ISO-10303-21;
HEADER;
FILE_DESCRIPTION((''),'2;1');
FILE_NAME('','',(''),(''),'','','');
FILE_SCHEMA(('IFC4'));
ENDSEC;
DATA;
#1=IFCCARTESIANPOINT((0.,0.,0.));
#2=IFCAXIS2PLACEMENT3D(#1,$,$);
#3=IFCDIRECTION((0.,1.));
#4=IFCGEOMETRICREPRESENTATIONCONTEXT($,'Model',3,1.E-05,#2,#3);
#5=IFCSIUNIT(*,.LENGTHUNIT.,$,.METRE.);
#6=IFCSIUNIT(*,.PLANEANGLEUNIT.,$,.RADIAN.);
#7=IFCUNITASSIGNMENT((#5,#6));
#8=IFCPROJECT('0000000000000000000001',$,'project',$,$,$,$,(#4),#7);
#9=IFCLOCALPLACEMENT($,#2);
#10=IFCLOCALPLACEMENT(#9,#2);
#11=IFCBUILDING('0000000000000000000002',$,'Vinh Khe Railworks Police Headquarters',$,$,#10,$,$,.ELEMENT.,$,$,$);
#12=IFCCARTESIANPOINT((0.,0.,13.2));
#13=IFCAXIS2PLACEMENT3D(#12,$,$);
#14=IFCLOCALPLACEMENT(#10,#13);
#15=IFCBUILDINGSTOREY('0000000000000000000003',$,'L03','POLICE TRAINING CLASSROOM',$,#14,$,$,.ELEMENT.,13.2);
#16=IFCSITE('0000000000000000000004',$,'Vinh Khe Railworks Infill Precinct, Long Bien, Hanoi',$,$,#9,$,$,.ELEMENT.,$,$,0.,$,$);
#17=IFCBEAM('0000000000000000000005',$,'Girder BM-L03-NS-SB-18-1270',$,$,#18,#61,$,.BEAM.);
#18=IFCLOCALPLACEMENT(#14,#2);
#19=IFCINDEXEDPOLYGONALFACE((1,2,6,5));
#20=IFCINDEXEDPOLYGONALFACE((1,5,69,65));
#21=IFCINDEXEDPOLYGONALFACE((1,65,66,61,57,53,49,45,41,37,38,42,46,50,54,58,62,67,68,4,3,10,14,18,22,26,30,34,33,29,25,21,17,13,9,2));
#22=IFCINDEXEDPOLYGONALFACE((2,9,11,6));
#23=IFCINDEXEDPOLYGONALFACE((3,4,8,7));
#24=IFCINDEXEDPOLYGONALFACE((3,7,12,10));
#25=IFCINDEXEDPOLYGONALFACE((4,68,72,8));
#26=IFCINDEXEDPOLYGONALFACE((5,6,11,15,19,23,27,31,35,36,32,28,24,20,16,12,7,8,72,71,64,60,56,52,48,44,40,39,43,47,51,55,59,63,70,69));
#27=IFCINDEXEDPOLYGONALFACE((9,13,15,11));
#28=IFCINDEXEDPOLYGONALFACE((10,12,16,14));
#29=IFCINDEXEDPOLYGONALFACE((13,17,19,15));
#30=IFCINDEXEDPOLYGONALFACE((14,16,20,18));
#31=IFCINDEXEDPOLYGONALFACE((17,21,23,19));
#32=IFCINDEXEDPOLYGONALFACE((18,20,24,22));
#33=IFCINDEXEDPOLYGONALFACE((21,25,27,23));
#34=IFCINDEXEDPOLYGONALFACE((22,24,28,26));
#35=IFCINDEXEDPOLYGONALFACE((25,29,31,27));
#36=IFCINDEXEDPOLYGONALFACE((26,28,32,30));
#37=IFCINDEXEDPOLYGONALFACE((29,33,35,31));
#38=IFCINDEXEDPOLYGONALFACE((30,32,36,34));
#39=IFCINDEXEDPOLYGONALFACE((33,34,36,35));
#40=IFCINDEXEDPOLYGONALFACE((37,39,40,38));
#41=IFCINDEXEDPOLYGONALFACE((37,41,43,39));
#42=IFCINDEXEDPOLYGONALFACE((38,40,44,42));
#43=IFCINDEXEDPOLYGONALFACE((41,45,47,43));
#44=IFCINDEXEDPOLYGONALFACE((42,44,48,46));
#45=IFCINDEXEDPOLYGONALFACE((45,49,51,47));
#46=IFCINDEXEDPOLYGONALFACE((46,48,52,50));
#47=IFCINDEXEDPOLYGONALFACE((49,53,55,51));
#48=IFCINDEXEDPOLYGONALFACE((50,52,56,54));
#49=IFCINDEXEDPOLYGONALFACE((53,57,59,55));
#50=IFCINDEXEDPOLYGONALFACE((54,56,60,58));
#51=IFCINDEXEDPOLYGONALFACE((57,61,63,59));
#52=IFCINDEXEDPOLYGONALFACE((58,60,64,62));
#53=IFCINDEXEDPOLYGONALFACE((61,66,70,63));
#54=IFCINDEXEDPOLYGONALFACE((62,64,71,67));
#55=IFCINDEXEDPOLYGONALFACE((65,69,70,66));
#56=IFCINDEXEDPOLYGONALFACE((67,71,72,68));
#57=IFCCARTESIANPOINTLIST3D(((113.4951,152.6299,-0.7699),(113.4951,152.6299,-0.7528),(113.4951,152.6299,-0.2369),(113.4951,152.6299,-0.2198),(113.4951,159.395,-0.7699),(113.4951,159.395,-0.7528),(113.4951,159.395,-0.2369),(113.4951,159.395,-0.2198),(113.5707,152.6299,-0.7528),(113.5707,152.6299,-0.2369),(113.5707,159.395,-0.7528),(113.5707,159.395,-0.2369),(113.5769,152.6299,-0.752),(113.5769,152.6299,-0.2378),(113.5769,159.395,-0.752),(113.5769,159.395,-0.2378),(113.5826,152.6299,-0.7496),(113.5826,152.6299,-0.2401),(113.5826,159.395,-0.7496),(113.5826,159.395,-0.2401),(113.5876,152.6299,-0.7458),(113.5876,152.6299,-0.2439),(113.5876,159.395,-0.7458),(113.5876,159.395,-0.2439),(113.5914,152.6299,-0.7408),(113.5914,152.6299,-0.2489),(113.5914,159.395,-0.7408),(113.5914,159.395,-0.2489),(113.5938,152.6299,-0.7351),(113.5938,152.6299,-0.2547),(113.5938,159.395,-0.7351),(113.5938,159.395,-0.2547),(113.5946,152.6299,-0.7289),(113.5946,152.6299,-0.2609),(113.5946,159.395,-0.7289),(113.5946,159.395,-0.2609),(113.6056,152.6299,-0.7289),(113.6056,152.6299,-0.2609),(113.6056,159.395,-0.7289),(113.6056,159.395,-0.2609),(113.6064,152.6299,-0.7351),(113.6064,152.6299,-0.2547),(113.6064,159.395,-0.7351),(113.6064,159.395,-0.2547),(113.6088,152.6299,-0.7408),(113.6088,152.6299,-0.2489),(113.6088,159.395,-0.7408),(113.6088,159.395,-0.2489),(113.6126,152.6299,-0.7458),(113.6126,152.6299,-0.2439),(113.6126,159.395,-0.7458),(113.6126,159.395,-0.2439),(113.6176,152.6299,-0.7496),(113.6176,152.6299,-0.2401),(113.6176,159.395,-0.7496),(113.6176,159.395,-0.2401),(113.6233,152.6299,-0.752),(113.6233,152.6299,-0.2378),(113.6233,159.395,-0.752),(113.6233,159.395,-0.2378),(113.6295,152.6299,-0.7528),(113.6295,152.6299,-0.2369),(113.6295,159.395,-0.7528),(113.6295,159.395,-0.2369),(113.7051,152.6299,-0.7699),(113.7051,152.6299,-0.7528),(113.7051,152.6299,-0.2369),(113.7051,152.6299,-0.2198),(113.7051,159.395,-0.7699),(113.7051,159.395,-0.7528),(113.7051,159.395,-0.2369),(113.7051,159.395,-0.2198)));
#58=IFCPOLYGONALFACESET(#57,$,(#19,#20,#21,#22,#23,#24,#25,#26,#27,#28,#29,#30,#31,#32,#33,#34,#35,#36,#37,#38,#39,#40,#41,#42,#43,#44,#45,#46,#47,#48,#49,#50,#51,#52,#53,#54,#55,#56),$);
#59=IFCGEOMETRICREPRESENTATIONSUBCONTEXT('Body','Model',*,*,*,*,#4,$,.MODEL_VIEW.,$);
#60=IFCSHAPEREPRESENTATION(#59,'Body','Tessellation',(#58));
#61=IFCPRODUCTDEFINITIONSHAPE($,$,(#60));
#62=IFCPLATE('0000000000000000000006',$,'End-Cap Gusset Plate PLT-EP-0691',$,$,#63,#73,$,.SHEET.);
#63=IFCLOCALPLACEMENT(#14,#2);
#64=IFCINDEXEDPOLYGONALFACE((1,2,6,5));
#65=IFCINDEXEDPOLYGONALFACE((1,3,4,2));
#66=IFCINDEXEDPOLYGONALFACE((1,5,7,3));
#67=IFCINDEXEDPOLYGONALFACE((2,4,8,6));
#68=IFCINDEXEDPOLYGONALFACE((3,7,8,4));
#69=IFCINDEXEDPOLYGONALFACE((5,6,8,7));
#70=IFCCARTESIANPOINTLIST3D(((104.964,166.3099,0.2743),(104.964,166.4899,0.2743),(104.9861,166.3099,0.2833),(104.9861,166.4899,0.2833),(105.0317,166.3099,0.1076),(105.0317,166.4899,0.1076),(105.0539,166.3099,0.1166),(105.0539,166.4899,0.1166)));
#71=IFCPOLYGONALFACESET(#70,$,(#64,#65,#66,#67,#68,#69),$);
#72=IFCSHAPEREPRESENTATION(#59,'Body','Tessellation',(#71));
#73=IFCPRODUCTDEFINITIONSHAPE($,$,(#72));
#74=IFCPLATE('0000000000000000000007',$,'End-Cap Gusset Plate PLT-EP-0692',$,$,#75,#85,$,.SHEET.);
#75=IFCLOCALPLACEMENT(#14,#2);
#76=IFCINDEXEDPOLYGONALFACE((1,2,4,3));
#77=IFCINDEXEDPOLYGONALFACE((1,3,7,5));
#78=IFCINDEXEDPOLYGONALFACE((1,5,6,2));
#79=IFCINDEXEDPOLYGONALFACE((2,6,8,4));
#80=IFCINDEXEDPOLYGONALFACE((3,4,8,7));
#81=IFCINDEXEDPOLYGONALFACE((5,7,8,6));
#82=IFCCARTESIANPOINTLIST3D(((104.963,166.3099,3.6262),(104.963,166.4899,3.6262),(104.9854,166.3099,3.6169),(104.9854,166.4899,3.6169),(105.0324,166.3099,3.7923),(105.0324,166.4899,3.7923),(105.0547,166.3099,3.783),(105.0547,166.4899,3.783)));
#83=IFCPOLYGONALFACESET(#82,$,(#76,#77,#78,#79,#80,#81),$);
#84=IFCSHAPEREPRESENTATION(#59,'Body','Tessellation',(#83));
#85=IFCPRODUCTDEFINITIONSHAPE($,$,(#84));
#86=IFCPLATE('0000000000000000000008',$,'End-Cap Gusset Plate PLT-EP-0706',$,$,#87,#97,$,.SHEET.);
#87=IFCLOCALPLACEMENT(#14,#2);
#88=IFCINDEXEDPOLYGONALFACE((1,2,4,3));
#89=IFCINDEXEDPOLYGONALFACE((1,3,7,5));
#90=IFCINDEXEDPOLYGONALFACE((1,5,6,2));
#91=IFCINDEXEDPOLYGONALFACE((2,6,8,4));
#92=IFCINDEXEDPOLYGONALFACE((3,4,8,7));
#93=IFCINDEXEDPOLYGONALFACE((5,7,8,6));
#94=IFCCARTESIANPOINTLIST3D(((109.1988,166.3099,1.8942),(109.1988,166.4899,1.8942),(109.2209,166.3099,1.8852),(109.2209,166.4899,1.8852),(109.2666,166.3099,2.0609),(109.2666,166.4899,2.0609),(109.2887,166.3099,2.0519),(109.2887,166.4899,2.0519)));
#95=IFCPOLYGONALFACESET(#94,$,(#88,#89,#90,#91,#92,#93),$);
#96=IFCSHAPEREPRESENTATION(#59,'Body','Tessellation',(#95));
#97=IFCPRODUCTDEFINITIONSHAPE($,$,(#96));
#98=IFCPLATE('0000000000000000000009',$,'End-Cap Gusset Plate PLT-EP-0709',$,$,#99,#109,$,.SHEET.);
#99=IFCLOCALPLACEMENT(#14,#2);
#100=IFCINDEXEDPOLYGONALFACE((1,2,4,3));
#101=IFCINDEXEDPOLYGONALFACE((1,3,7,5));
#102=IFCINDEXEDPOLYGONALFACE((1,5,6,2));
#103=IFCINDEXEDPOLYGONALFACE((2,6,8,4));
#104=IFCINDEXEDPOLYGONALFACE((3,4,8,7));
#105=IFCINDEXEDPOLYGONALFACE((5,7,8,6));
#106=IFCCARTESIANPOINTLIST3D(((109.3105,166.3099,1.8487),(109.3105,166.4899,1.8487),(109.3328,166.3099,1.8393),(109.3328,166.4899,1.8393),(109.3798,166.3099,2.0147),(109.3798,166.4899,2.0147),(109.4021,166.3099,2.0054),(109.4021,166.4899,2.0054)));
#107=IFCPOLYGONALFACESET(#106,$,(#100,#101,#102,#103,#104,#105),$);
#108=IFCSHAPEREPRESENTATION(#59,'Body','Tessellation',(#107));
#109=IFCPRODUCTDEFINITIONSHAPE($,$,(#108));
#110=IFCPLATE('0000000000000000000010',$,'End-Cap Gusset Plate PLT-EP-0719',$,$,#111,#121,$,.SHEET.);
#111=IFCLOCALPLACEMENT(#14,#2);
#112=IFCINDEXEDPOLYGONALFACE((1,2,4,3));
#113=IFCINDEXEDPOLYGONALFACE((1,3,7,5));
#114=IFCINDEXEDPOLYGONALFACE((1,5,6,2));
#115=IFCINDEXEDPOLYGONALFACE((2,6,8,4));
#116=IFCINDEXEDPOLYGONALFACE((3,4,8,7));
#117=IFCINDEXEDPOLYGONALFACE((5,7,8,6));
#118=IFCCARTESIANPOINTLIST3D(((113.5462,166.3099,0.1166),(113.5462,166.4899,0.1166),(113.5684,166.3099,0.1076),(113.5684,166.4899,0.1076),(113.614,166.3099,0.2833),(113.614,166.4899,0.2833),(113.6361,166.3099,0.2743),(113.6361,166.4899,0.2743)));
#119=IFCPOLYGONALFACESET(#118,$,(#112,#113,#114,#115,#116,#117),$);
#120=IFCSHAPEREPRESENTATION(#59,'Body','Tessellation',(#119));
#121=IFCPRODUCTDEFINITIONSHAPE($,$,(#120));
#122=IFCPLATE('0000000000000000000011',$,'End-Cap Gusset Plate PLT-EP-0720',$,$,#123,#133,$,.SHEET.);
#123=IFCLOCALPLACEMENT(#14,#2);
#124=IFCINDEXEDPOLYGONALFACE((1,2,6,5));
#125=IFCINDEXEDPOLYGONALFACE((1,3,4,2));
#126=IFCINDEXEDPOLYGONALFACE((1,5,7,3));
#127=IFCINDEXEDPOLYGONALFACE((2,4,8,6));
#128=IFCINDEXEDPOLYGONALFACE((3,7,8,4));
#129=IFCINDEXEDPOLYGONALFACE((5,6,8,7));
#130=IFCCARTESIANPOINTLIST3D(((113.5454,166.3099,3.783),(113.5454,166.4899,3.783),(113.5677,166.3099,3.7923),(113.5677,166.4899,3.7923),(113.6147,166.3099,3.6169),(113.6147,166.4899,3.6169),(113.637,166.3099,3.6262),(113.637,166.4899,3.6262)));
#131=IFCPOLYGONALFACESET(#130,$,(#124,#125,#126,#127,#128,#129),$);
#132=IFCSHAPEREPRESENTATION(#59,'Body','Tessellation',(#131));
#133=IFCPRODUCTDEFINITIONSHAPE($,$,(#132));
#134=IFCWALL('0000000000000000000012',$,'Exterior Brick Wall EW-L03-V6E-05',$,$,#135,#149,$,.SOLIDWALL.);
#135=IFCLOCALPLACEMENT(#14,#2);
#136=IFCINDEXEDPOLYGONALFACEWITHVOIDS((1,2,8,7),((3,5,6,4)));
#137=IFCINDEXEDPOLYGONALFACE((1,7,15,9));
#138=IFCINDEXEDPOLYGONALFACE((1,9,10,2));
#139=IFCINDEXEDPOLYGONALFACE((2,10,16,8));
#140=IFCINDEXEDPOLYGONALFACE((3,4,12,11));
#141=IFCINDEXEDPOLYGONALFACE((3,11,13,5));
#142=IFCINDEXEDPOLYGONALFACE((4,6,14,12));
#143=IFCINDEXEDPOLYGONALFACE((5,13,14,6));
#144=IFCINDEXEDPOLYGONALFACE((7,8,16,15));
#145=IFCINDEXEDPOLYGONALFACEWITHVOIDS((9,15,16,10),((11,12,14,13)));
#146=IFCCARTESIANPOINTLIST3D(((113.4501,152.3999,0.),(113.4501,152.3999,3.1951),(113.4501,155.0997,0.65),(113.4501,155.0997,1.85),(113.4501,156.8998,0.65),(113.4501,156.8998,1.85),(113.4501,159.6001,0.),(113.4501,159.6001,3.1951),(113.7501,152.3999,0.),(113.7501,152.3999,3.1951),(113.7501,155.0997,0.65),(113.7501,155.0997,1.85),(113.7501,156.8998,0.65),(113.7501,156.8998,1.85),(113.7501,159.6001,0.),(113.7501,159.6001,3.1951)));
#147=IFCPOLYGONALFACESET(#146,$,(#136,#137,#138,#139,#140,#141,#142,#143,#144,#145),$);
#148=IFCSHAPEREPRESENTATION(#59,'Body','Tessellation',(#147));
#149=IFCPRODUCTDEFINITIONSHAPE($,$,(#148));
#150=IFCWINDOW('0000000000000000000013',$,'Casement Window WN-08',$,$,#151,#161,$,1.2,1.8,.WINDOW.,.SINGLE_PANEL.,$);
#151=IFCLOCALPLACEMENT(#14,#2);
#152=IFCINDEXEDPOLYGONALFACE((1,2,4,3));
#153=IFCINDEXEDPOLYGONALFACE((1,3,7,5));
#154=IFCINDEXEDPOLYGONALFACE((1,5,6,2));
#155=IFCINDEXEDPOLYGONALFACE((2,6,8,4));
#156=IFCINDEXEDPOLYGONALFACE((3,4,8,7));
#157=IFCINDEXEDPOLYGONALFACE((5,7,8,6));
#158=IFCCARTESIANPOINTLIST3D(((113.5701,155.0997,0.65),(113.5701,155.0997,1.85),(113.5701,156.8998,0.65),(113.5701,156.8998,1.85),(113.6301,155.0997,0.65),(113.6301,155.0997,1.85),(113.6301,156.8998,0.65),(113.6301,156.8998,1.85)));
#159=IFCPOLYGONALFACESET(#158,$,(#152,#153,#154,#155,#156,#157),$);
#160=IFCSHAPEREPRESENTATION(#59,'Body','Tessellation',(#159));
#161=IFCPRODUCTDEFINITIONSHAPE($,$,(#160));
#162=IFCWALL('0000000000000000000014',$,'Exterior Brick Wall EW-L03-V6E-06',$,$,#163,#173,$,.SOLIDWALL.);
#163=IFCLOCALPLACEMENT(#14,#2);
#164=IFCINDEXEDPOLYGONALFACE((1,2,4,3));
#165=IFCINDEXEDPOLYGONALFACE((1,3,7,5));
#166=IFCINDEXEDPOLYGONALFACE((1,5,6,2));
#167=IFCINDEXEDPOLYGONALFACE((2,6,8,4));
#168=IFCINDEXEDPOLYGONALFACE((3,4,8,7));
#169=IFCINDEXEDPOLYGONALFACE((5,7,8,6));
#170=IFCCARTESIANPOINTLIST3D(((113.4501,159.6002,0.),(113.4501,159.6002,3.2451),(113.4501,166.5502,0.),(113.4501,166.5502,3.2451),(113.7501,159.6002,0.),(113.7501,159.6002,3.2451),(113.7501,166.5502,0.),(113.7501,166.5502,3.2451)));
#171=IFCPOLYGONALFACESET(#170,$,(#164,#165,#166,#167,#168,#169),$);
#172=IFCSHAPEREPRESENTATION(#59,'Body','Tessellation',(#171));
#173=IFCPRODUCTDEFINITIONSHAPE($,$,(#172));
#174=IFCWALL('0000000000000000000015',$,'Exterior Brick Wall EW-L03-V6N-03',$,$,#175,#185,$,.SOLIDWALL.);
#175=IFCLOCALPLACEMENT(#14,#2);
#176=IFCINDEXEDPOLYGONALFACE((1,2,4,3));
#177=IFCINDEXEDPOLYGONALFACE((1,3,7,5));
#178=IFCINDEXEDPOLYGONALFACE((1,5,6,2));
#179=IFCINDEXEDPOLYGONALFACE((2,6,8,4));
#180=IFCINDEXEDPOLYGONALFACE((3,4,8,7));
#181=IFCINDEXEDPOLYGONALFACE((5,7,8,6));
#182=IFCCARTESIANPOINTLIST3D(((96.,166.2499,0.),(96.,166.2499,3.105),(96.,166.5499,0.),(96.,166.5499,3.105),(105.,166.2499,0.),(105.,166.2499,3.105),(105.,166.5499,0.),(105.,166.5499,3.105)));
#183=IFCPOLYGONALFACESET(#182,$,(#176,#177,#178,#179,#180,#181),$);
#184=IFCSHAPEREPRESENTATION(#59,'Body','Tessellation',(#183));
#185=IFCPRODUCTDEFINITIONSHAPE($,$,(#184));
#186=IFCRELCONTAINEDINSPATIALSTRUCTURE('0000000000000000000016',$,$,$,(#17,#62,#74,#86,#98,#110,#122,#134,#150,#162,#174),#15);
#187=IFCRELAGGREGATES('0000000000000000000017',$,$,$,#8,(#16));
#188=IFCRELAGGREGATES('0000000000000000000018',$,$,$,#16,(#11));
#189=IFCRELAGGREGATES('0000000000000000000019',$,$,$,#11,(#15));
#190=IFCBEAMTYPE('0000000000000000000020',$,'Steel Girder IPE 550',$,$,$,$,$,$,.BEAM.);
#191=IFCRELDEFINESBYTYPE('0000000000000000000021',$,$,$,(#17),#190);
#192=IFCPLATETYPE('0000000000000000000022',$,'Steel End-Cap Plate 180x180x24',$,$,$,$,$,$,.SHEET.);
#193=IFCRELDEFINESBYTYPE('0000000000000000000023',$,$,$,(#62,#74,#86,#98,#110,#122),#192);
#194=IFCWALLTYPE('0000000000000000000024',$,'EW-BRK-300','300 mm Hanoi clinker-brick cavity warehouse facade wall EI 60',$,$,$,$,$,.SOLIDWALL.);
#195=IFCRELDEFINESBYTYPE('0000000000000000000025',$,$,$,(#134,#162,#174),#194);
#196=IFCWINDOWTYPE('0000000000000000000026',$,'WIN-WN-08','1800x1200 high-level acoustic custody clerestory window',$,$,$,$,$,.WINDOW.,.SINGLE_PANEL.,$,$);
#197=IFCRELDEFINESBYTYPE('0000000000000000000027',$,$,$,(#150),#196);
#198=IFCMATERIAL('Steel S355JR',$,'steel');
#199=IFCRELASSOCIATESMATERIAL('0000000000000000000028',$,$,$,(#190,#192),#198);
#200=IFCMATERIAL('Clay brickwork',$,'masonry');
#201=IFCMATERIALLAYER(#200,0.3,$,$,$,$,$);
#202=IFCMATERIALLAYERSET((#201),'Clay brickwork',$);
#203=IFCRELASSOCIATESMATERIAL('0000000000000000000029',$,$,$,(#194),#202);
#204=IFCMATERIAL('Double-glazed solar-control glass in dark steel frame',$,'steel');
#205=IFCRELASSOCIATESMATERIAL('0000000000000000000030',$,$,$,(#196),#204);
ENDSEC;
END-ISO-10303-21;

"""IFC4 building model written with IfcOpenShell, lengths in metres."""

from ifc_helpers import new_model, si_unit, direction, frame, frame_2d, origin, origin_2d, place, context, subcontext, project, spatial, rectangle, i_section, extrude, material, layer, layer_set, material_profile, profile_set, type_object, element, fill, save


model = new_model("IFC4")

# Units and contexts
model_context = context("Model", 3, precision=1e-05, world=origin(), true_north=direction((0.0, 1.0)))
body_context = subcontext(model_context, "Body", "Model", "MODEL_VIEW")
ifc_project = project(units=[si_unit("LENGTHUNIT", "METRE"), si_unit("PLANEANGLEUNIT", "RADIAN")], contexts=[model_context])

# Site, building, storey
site_placement = place(None, origin())
site = spatial("IfcSite", under=ifc_project, at=site_placement, Name="Vinh Khe Railworks Infill Precinct, Long Bien, Hanoi", CompositionType="ELEMENT", RefElevation=0.0)
building_placement = place(site_placement, origin())
building = spatial("IfcBuilding", under=site, at=building_placement, Name="Vinh Khe Railworks Police Headquarters", CompositionType="ELEMENT")
storey_placement = place(building_placement, frame((0.0, 0.0, 13.2)))
storey = spatial("IfcBuildingStorey", under=building, at=storey_placement, Name="L03", Description="POLICE TRAINING CLASSROOM", CompositionType="ELEMENT", Elevation=13.2)

# Shared definitions
ifc_material_1 = material(Name="Steel S355JR", Category="steel")

# Beam
ifc_material_profile_1 = material_profile(ifc_material_1, i_section(OverallWidth=0.21, OverallDepth=0.55, WebThickness=0.011, FlangeThickness=0.0171, FilletRadius=0.0239, at=origin_2d()), Name="IPE 550")
ifc_profile_set_1 = profile_set([ifc_material_profile_1], Name="Steel S355JR")
beam_type_1 = type_object("IfcBeamType", Name="Steel Girder IPE 550", PredefinedType="BEAM", material=ifc_profile_set_1)
beam_1_placement = place(storey_placement, frame((113.6001, 152.6299, -0.4949), z_axis=(0.0, 1.0, 0.0), x_axis=(-1.0, 0.0, 0.0)))
element("IfcBeam", 1, at=beam_1_placement, inside=storey, type_object=beam_type_1, Name="Girder BM-L03-NS-SB-18-1270", PredefinedType="BEAM", context=body_context, shape_type="SweptSolid", body=[
    extrude(i_section(OverallWidth=0.21, OverallDepth=0.55, WebThickness=0.011, FlangeThickness=0.0171, FilletRadius=0.0239, at=origin_2d()), origin(), (0.0, 0.0, 1.0), 6.7651),
])

# Plates
ifc_material_profile_2 = material_profile(ifc_material_1, rectangle(XDim=0.1799, YDim=0.1799, at=origin_2d()), Name="PL 180x180")
ifc_profile_set_2 = profile_set([ifc_material_profile_2], Name="Steel S355JR")
plate_type = type_object("IfcPlateType", Name="Steel End-Cap Plate 180x180x24", PredefinedType="SHEET", material=ifc_profile_set_2)
plate_1_placement = place(storey_placement, frame((105.02, 166.3999, 0.2), z_axis=(-0.926356, 0.0, -0.37665), x_axis=(0.0, -1.0, 0.0)))
element("IfcPlate", 2, at=plate_1_placement, inside=storey, type_object=plate_type, Name="End-Cap Gusset Plate PLT-EP-0691", PredefinedType="SHEET", context=body_context, shape_type="SweptSolid", body=[
    extrude(rectangle(XDim=0.1799, YDim=0.1799, at=origin_2d()), origin(), (0.0, 0.0, 1.0), 0.0239),
])
plate_2_placement = place(storey_placement, frame((105.02, 166.3999, 3.7), z_axis=(-0.922777, 0.0, 0.385335), x_axis=(0.0, -1.0, 0.0)))
element("IfcPlate", 3, at=plate_2_placement, inside=storey, type_object=plate_type, Name="End-Cap Gusset Plate PLT-EP-0692", PredefinedType="SHEET", context=body_context, shape_type="SweptSolid", body=[
    extrude(rectangle(XDim=0.1799, YDim=0.1799, at=origin_2d()), origin(), (0.0, 0.0, 1.0), 0.0242),
])
plate_3_placement = place(storey_placement, frame((109.2327, 166.3999, 1.9775), z_axis=(0.926356, 0.0, -0.37665), x_axis=(0.0, 1.0, 0.0)))
element("IfcPlate", 4, at=plate_3_placement, inside=storey, type_object=plate_type, Name="End-Cap Gusset Plate PLT-EP-0706", PredefinedType="SHEET", context=body_context, shape_type="SweptSolid", body=[
    extrude(rectangle(XDim=0.1799, YDim=0.1799, at=origin_2d()), origin(), (0.0, 0.0, 1.0), 0.0239),
])
plate_4_placement = place(storey_placement, frame((109.3674, 166.3999, 1.9224), z_axis=(-0.922777, 0.0, 0.385335), x_axis=(0.0, -1.0, 0.0)))
element("IfcPlate", 5, at=plate_4_placement, inside=storey, type_object=plate_type, Name="End-Cap Gusset Plate PLT-EP-0709", PredefinedType="SHEET", context=body_context, shape_type="SweptSolid", body=[
    extrude(rectangle(XDim=0.1799, YDim=0.1799, at=origin_2d()), origin(), (0.0, 0.0, 1.0), 0.0242),
])
plate_5_placement = place(storey_placement, frame((113.5801, 166.3999, 0.2), z_axis=(0.926356, 0.0, -0.37665), x_axis=(0.0, 1.0, 0.0)))
element("IfcPlate", 6, at=plate_5_placement, inside=storey, type_object=plate_type, Name="End-Cap Gusset Plate PLT-EP-0719", PredefinedType="SHEET", context=body_context, shape_type="SweptSolid", body=[
    extrude(rectangle(XDim=0.1799, YDim=0.1799, at=origin_2d()), origin(), (0.0, 0.0, 1.0), 0.0239),
])
plate_6_placement = place(storey_placement, frame((113.5801, 166.3999, 3.7), z_axis=(0.922777, 0.0, 0.385335), x_axis=(0.0, 1.0, 0.0)))
element("IfcPlate", 7, at=plate_6_placement, inside=storey, type_object=plate_type, Name="End-Cap Gusset Plate PLT-EP-0720", PredefinedType="SHEET", context=body_context, shape_type="SweptSolid", body=[
    extrude(rectangle(XDim=0.1799, YDim=0.1799, at=origin_2d()), origin(), (0.0, 0.0, 1.0), 0.0242),
])

# Wall, opening, window
ifc_material_2 = material(Name="Clay brickwork", Category="masonry")
ifc_layer_1 = layer(ifc_material_2, 0.3)
ifc_layer_set_1 = layer_set([ifc_layer_1], Name="Clay brickwork")
wall_type_1 = type_object("IfcWallType", Name="EW-BRK-300", Description="300 mm Hanoi clinker-brick cavity warehouse facade wall EI 60", PredefinedType="SOLIDWALL", material=ifc_layer_set_1)
wall_1_placement = place(storey_placement, frame((113.6001, 152.3999, 0.0), z_axis=(0.0, 0.0, 1.0), x_axis=(0.0, 1.0, 0.0)))
wall_1 = element("IfcWall", 8, at=wall_1_placement, inside=storey, type_object=wall_type_1, Name="Exterior Brick Wall EW-L03-V6E-05", PredefinedType="SOLIDWALL", context=body_context, shape_type="SweptSolid", body=[
    extrude(rectangle(XDim=7.2002, YDim=0.3, at=frame_2d((3.6001, 0.0))), origin(), (0.0, 0.0, 1.0), 3.1951),
])
opening_1_placement = place(wall_1_placement, frame((2.7, 0.0, 0.6499)))
opening_1 = element("IfcOpeningElement", 9, at=opening_1_placement, cuts=wall_1, PredefinedType="OPENING", context=body_context, shape_type="SweptSolid", body=[
    extrude(rectangle(XDim=1.8, YDim=1.2, at=frame_2d((0.8999, 0.6001))), frame((0.0, 0.165, 0.0), z_axis=(0.0, -1.0, 0.0), x_axis=(1.0, 0.0, 0.0)), (0.0, 0.0, 1.0), 0.3298),
])
ifc_material_3 = material(Name="Double-glazed solar-control glass in dark steel frame", Category="steel")
window_type_1 = type_object("IfcWindowType", Name="WIN-WN-08", Description="1800x1200 high-level acoustic custody clerestory window", PartitioningType="SINGLE_PANEL", PredefinedType="WINDOW", material=ifc_material_3)
window_1_placement = place(opening_1_placement, origin())
window_1 = element("IfcWindow", 10, at=window_1_placement, inside=storey, type_object=window_type_1, Name="Casement Window WN-08", OverallHeight=1.2, OverallWidth=1.8, PartitioningType="SINGLE_PANEL", PredefinedType="WINDOW", context=body_context, shape_type="SweptSolid", body=[
    extrude(rectangle(XDim=1.8, YDim=1.2, at=frame_2d((0.8999, 0.6001))), frame((0.0, 0.03, 0.0), z_axis=(0.0, -1.0, 0.0), x_axis=(1.0, 0.0, 0.0)), (0.0, 0.0, 1.0), 0.0601),
])
fill(opening_1, window_1)

# Walls
wall_2_placement = place(storey_placement, frame((113.6001, 159.6001, 0.0), z_axis=(0.0, 0.0, 1.0), x_axis=(0.0, 1.0, 0.0)))
element("IfcWall", 11, at=wall_2_placement, inside=storey, type_object=wall_type_1, Name="Exterior Brick Wall EW-L03-V6E-06", PredefinedType="SOLIDWALL", context=body_context, shape_type="SweptSolid", body=[
    extrude(rectangle(XDim=6.95, YDim=0.3, at=frame_2d((3.4751, 0.0))), origin(), (0.0, 0.0, 1.0), 3.2451),
])
wall_3_placement = place(storey_placement, frame((96.0, 166.3999, 0.0), z_axis=(0.0, 0.0, 1.0), x_axis=(1.0, 0.0, 0.0)))
element("IfcWall", 12, at=wall_3_placement, inside=storey, type_object=wall_type_1, Name="Exterior Brick Wall EW-L03-V6N-03", PredefinedType="SOLIDWALL", context=body_context, shape_type="SweptSolid", body=[
    extrude(rectangle(XDim=9.0, YDim=0.3, at=frame_2d((4.5, 0.0))), origin(), (0.0, 0.0, 1.0), 3.105),
])

save(model, "model.ifc")
